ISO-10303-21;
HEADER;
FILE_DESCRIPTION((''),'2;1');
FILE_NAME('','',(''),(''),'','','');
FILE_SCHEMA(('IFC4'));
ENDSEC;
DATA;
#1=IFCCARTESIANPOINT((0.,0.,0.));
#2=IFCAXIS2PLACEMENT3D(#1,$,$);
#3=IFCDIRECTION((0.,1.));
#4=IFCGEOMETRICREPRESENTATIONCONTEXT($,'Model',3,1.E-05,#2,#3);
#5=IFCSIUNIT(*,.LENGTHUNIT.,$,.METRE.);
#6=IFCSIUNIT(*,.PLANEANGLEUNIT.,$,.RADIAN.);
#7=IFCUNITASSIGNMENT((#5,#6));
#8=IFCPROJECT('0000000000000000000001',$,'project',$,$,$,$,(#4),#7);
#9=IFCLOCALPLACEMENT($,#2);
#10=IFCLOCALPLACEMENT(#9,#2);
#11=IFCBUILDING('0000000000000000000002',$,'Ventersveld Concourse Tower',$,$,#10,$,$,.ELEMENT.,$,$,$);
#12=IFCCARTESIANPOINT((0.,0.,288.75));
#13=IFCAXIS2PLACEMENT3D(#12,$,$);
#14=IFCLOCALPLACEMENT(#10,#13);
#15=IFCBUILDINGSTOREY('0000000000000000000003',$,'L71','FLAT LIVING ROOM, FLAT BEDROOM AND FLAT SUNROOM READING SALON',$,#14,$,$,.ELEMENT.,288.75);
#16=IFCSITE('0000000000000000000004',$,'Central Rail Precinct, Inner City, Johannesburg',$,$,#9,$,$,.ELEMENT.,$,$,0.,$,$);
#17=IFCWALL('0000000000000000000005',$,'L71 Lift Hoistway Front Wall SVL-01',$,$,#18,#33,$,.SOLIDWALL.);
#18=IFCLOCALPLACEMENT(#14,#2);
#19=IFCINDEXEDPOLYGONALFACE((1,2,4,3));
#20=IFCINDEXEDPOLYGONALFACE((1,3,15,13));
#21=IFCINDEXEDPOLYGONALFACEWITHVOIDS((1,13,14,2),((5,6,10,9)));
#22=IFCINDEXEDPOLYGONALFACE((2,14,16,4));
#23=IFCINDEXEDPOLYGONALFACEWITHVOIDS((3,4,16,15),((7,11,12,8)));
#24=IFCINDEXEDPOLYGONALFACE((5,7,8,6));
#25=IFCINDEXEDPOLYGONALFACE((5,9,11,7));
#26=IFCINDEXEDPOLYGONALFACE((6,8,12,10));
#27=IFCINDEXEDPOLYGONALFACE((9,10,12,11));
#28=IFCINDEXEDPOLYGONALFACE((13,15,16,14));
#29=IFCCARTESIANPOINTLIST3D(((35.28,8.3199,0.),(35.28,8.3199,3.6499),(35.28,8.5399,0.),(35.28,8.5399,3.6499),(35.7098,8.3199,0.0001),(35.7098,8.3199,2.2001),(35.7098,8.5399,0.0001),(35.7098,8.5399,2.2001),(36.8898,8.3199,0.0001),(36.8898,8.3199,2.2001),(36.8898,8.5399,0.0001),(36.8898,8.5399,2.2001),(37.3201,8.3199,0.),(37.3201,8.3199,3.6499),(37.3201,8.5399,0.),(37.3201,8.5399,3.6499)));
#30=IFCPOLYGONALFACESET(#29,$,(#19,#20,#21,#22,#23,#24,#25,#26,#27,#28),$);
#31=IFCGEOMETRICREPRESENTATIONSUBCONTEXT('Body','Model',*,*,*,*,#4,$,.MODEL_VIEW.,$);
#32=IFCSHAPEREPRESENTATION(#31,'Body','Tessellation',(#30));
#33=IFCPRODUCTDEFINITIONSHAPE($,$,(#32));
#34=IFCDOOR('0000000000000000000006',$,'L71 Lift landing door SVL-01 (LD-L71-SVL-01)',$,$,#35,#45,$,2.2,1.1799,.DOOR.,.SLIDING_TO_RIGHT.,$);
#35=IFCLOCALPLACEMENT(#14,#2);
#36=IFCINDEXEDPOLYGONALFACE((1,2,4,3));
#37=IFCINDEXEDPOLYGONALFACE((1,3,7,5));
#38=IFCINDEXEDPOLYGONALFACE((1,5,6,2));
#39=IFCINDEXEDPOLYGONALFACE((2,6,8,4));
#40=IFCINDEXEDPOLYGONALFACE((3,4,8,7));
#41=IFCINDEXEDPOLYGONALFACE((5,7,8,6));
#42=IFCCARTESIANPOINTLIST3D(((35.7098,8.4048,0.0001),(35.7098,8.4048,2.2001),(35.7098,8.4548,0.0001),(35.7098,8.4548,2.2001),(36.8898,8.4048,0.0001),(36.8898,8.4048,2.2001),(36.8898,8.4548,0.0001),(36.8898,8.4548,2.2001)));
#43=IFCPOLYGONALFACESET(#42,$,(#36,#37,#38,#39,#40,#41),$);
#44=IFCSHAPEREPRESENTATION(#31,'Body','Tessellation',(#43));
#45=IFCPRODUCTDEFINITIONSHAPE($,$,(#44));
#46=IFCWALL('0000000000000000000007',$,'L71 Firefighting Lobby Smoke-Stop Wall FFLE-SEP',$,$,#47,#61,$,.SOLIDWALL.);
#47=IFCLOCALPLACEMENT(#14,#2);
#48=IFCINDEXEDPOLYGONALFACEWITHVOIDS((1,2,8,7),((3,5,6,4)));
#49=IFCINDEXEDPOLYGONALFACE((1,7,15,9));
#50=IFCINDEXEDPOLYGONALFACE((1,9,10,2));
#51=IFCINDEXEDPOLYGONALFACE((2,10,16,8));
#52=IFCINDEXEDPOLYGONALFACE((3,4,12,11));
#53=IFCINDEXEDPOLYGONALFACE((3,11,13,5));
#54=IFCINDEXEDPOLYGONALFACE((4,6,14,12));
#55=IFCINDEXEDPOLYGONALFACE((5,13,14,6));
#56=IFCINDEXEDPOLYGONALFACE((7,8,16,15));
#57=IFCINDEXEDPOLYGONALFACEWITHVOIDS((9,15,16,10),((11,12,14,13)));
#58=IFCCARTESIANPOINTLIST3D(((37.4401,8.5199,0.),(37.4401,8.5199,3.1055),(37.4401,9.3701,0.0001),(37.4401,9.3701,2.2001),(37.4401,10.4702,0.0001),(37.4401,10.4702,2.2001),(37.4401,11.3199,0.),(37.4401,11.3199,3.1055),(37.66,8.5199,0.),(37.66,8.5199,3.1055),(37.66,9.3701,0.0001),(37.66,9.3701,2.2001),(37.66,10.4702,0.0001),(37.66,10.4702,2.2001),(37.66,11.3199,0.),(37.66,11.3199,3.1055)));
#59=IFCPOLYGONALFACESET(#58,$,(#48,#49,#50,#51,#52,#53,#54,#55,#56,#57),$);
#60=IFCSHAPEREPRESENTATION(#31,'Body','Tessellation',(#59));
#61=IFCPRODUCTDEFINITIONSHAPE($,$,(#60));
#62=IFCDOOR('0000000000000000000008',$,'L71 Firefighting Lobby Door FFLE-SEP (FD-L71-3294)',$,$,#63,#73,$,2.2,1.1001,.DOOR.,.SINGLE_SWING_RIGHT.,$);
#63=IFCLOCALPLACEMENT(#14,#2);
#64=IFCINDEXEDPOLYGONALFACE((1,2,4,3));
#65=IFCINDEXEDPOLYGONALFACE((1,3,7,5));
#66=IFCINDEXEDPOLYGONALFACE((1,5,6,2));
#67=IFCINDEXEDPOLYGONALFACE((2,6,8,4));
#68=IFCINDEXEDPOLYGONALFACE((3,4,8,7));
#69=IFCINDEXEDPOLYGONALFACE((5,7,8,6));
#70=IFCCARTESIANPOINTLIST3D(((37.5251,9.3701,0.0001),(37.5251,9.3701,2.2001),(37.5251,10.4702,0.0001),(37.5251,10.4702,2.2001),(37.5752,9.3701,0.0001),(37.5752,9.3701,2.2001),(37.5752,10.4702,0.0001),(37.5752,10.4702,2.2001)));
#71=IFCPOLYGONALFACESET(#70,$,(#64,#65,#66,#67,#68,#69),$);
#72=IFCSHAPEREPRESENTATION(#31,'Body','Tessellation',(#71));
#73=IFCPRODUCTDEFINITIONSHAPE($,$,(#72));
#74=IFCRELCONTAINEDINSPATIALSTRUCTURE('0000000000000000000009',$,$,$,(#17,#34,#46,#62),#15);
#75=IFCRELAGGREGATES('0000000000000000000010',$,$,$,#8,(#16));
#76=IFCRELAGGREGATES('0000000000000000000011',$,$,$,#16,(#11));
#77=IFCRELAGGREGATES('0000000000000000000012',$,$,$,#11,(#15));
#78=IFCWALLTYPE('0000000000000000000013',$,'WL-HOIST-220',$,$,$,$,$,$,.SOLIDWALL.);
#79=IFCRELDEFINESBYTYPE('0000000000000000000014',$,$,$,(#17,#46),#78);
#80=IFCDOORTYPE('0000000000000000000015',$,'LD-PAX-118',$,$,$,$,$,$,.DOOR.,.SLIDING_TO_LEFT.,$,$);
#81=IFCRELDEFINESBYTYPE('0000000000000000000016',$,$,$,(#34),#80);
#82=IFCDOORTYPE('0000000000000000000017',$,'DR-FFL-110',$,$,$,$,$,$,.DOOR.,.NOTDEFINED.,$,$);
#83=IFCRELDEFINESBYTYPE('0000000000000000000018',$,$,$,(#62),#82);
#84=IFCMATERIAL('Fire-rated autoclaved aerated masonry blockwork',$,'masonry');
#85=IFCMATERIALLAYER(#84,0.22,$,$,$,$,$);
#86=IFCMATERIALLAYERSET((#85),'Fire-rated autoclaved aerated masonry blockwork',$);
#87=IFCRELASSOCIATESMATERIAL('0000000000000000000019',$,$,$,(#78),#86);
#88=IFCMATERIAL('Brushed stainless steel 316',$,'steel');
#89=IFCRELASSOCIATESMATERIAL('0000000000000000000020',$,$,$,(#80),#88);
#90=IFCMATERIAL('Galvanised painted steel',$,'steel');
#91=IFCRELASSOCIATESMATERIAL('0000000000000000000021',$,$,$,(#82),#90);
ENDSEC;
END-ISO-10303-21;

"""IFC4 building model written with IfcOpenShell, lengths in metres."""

from ifc_helpers import new_model, si_unit, direction, frame, frame_2d, origin, place, context, subcontext, project, spatial, rectangle, extrude, material, layer, layer_set, type_object, element, fill, save


model = new_model("IFC4")

# Units and contexts
model_context = context("Model", 3, precision=1e-05, world=origin(), true_north=direction((0.0, 1.0)))
body_context = subcontext(model_context, "Body", "Model", "MODEL_VIEW")
ifc_project = project(units=[si_unit("LENGTHUNIT", "METRE"), si_unit("PLANEANGLEUNIT", "RADIAN")], contexts=[model_context])

# Site, building, storey
site_placement = place(None, origin())
site = spatial("IfcSite", under=ifc_project, at=site_placement, Name="Central Rail Precinct, Inner City, Johannesburg", CompositionType="ELEMENT", RefElevation=0.0)
building_placement = place(site_placement, origin())
building = spatial("IfcBuilding", under=site, at=building_placement, Name="Ventersveld Concourse Tower", CompositionType="ELEMENT")
storey_placement = place(building_placement, frame((0.0, 0.0, 288.75)))
storey = spatial("IfcBuildingStorey", under=building, at=storey_placement, Name="L71", Description="FLAT LIVING ROOM, FLAT BEDROOM AND FLAT SUNROOM READING SALON", CompositionType="ELEMENT", Elevation=288.75)

# Shared definitions
ifc_material_1 = material(Name="Fire-rated autoclaved aerated masonry blockwork", Category="masonry")
ifc_material_2 = material(Name="Galvanised painted steel", Category="steel")

# Shared definitions
ifc_layer_1 = layer(ifc_material_1, 0.22)
ifc_layer_set_1 = layer_set([ifc_layer_1], Name="Fire-rated autoclaved aerated masonry blockwork")
wall_type_1 = type_object("IfcWallType", Name="WL-HOIST-220", PredefinedType="SOLIDWALL", material=ifc_layer_set_1)

# Shared definitions
ifc_material_3 = material(Name="Brushed stainless steel 316", Category="steel")

# Walls, openings, doors
wall_1_placement = place(storey_placement, frame((35.28, 8.4299, 0.0), z_axis=(0.0, 0.0, 1.0), x_axis=(1.0, 0.0, 0.0)))
wall_1 = element("IfcWall", 1, at=wall_1_placement, inside=storey, type_object=wall_type_1, Name="L71 Lift Hoistway Front Wall SVL-01", PredefinedType="SOLIDWALL", context=body_context, shape_type="SweptSolid", body=[
    extrude(rectangle(XDim=2.04, YDim=0.22, at=frame_2d((1.02, 0.0))), origin(), (0.0, 0.0, 1.0), 3.6499),
])
opening_1_placement = place(wall_1_placement, frame((0.4299, 0.0, 0.0)))
opening_1 = element("IfcOpeningElement", 2, at=opening_1_placement, cuts=wall_1, PredefinedType="OPENING", context=body_context, shape_type="SweptSolid", body=[
    extrude(rectangle(XDim=1.1799, YDim=2.2, at=frame_2d((0.5898, 1.1001))), frame((0.0, 0.1201, 0.0), z_axis=(0.0, -1.0, 0.0), x_axis=(1.0, 0.0, 0.0)), (0.0, 0.0, 1.0), 0.24),
])
door_type_1 = type_object("IfcDoorType", Name="LD-PAX-118", OperationType="SLIDING_TO_LEFT", PredefinedType="DOOR", material=ifc_material_3)
door_1_placement = place(opening_1_placement, origin())
door_1 = element("IfcDoor", 3, at=door_1_placement, inside=storey, type_object=door_type_1, Name="L71 Lift landing door SVL-01 (LD-L71-SVL-01)", OperationType="SLIDING_TO_RIGHT", OverallHeight=2.2, OverallWidth=1.1799, PredefinedType="DOOR", context=body_context, shape_type="SweptSolid", body=[
    extrude(rectangle(XDim=1.1799, YDim=2.2, at=frame_2d((0.5898, 1.1001))), frame((0.0, 0.0249, 0.0), z_axis=(0.0, -1.0, 0.0), x_axis=(1.0, 0.0, 0.0)), (0.0, 0.0, 1.0), 0.05),
])
fill(opening_1, door_1)
wall_2_placement = place(storey_placement, frame((37.55, 8.52, 0.0), z_axis=(0.0, 0.0, 1.0), x_axis=(0.0, 1.0, 0.0)))
wall_2 = element("IfcWall", 4, at=wall_2_placement, inside=storey, type_object=wall_type_1, Name="L71 Firefighting Lobby Smoke-Stop Wall FFLE-SEP", PredefinedType="SOLIDWALL", context=body_context, shape_type="SweptSolid", body=[
    extrude(rectangle(XDim=2.8, YDim=0.22, at=frame_2d((1.3999, 0.0))), origin(), (0.0, 0.0, 1.0), 3.1055),
])
opening_2_placement = place(wall_2_placement, frame((0.8501, 0.0, 0.0)))
opening_2 = element("IfcOpeningElement", 5, at=opening_2_placement, cuts=wall_2, PredefinedType="OPENING", context=body_context, shape_type="SweptSolid", body=[
    extrude(rectangle(XDim=1.1001, YDim=2.2, at=frame_2d((0.55, 1.1001))), frame((0.0, 0.1201, 0.0), z_axis=(0.0, -1.0, 0.0), x_axis=(1.0, 0.0, 0.0)), (0.0, 0.0, 1.0), 0.24),
])
door_type_2 = type_object("IfcDoorType", Name="DR-FFL-110", OperationType="NOTDEFINED", PredefinedType="DOOR", material=ifc_material_2)
door_2_placement = place(opening_2_placement, origin())
door_2 = element("IfcDoor", 6, at=door_2_placement, inside=storey, type_object=door_type_2, Name="L71 Firefighting Lobby Door FFLE-SEP (FD-L71-3294)", OperationType="SINGLE_SWING_RIGHT", OverallHeight=2.2, OverallWidth=1.1001, PredefinedType="DOOR", context=body_context, shape_type="SweptSolid", body=[
    extrude(rectangle(XDim=1.1001, YDim=2.2, at=frame_2d((0.55, 1.1001))), frame((0.0, 0.0249, 0.0), z_axis=(0.0, -1.0, 0.0), x_axis=(1.0, 0.0, 0.0)), (0.0, 0.0, 1.0), 0.05),
])
fill(opening_2, door_2)

save(model, "model.ifc")
